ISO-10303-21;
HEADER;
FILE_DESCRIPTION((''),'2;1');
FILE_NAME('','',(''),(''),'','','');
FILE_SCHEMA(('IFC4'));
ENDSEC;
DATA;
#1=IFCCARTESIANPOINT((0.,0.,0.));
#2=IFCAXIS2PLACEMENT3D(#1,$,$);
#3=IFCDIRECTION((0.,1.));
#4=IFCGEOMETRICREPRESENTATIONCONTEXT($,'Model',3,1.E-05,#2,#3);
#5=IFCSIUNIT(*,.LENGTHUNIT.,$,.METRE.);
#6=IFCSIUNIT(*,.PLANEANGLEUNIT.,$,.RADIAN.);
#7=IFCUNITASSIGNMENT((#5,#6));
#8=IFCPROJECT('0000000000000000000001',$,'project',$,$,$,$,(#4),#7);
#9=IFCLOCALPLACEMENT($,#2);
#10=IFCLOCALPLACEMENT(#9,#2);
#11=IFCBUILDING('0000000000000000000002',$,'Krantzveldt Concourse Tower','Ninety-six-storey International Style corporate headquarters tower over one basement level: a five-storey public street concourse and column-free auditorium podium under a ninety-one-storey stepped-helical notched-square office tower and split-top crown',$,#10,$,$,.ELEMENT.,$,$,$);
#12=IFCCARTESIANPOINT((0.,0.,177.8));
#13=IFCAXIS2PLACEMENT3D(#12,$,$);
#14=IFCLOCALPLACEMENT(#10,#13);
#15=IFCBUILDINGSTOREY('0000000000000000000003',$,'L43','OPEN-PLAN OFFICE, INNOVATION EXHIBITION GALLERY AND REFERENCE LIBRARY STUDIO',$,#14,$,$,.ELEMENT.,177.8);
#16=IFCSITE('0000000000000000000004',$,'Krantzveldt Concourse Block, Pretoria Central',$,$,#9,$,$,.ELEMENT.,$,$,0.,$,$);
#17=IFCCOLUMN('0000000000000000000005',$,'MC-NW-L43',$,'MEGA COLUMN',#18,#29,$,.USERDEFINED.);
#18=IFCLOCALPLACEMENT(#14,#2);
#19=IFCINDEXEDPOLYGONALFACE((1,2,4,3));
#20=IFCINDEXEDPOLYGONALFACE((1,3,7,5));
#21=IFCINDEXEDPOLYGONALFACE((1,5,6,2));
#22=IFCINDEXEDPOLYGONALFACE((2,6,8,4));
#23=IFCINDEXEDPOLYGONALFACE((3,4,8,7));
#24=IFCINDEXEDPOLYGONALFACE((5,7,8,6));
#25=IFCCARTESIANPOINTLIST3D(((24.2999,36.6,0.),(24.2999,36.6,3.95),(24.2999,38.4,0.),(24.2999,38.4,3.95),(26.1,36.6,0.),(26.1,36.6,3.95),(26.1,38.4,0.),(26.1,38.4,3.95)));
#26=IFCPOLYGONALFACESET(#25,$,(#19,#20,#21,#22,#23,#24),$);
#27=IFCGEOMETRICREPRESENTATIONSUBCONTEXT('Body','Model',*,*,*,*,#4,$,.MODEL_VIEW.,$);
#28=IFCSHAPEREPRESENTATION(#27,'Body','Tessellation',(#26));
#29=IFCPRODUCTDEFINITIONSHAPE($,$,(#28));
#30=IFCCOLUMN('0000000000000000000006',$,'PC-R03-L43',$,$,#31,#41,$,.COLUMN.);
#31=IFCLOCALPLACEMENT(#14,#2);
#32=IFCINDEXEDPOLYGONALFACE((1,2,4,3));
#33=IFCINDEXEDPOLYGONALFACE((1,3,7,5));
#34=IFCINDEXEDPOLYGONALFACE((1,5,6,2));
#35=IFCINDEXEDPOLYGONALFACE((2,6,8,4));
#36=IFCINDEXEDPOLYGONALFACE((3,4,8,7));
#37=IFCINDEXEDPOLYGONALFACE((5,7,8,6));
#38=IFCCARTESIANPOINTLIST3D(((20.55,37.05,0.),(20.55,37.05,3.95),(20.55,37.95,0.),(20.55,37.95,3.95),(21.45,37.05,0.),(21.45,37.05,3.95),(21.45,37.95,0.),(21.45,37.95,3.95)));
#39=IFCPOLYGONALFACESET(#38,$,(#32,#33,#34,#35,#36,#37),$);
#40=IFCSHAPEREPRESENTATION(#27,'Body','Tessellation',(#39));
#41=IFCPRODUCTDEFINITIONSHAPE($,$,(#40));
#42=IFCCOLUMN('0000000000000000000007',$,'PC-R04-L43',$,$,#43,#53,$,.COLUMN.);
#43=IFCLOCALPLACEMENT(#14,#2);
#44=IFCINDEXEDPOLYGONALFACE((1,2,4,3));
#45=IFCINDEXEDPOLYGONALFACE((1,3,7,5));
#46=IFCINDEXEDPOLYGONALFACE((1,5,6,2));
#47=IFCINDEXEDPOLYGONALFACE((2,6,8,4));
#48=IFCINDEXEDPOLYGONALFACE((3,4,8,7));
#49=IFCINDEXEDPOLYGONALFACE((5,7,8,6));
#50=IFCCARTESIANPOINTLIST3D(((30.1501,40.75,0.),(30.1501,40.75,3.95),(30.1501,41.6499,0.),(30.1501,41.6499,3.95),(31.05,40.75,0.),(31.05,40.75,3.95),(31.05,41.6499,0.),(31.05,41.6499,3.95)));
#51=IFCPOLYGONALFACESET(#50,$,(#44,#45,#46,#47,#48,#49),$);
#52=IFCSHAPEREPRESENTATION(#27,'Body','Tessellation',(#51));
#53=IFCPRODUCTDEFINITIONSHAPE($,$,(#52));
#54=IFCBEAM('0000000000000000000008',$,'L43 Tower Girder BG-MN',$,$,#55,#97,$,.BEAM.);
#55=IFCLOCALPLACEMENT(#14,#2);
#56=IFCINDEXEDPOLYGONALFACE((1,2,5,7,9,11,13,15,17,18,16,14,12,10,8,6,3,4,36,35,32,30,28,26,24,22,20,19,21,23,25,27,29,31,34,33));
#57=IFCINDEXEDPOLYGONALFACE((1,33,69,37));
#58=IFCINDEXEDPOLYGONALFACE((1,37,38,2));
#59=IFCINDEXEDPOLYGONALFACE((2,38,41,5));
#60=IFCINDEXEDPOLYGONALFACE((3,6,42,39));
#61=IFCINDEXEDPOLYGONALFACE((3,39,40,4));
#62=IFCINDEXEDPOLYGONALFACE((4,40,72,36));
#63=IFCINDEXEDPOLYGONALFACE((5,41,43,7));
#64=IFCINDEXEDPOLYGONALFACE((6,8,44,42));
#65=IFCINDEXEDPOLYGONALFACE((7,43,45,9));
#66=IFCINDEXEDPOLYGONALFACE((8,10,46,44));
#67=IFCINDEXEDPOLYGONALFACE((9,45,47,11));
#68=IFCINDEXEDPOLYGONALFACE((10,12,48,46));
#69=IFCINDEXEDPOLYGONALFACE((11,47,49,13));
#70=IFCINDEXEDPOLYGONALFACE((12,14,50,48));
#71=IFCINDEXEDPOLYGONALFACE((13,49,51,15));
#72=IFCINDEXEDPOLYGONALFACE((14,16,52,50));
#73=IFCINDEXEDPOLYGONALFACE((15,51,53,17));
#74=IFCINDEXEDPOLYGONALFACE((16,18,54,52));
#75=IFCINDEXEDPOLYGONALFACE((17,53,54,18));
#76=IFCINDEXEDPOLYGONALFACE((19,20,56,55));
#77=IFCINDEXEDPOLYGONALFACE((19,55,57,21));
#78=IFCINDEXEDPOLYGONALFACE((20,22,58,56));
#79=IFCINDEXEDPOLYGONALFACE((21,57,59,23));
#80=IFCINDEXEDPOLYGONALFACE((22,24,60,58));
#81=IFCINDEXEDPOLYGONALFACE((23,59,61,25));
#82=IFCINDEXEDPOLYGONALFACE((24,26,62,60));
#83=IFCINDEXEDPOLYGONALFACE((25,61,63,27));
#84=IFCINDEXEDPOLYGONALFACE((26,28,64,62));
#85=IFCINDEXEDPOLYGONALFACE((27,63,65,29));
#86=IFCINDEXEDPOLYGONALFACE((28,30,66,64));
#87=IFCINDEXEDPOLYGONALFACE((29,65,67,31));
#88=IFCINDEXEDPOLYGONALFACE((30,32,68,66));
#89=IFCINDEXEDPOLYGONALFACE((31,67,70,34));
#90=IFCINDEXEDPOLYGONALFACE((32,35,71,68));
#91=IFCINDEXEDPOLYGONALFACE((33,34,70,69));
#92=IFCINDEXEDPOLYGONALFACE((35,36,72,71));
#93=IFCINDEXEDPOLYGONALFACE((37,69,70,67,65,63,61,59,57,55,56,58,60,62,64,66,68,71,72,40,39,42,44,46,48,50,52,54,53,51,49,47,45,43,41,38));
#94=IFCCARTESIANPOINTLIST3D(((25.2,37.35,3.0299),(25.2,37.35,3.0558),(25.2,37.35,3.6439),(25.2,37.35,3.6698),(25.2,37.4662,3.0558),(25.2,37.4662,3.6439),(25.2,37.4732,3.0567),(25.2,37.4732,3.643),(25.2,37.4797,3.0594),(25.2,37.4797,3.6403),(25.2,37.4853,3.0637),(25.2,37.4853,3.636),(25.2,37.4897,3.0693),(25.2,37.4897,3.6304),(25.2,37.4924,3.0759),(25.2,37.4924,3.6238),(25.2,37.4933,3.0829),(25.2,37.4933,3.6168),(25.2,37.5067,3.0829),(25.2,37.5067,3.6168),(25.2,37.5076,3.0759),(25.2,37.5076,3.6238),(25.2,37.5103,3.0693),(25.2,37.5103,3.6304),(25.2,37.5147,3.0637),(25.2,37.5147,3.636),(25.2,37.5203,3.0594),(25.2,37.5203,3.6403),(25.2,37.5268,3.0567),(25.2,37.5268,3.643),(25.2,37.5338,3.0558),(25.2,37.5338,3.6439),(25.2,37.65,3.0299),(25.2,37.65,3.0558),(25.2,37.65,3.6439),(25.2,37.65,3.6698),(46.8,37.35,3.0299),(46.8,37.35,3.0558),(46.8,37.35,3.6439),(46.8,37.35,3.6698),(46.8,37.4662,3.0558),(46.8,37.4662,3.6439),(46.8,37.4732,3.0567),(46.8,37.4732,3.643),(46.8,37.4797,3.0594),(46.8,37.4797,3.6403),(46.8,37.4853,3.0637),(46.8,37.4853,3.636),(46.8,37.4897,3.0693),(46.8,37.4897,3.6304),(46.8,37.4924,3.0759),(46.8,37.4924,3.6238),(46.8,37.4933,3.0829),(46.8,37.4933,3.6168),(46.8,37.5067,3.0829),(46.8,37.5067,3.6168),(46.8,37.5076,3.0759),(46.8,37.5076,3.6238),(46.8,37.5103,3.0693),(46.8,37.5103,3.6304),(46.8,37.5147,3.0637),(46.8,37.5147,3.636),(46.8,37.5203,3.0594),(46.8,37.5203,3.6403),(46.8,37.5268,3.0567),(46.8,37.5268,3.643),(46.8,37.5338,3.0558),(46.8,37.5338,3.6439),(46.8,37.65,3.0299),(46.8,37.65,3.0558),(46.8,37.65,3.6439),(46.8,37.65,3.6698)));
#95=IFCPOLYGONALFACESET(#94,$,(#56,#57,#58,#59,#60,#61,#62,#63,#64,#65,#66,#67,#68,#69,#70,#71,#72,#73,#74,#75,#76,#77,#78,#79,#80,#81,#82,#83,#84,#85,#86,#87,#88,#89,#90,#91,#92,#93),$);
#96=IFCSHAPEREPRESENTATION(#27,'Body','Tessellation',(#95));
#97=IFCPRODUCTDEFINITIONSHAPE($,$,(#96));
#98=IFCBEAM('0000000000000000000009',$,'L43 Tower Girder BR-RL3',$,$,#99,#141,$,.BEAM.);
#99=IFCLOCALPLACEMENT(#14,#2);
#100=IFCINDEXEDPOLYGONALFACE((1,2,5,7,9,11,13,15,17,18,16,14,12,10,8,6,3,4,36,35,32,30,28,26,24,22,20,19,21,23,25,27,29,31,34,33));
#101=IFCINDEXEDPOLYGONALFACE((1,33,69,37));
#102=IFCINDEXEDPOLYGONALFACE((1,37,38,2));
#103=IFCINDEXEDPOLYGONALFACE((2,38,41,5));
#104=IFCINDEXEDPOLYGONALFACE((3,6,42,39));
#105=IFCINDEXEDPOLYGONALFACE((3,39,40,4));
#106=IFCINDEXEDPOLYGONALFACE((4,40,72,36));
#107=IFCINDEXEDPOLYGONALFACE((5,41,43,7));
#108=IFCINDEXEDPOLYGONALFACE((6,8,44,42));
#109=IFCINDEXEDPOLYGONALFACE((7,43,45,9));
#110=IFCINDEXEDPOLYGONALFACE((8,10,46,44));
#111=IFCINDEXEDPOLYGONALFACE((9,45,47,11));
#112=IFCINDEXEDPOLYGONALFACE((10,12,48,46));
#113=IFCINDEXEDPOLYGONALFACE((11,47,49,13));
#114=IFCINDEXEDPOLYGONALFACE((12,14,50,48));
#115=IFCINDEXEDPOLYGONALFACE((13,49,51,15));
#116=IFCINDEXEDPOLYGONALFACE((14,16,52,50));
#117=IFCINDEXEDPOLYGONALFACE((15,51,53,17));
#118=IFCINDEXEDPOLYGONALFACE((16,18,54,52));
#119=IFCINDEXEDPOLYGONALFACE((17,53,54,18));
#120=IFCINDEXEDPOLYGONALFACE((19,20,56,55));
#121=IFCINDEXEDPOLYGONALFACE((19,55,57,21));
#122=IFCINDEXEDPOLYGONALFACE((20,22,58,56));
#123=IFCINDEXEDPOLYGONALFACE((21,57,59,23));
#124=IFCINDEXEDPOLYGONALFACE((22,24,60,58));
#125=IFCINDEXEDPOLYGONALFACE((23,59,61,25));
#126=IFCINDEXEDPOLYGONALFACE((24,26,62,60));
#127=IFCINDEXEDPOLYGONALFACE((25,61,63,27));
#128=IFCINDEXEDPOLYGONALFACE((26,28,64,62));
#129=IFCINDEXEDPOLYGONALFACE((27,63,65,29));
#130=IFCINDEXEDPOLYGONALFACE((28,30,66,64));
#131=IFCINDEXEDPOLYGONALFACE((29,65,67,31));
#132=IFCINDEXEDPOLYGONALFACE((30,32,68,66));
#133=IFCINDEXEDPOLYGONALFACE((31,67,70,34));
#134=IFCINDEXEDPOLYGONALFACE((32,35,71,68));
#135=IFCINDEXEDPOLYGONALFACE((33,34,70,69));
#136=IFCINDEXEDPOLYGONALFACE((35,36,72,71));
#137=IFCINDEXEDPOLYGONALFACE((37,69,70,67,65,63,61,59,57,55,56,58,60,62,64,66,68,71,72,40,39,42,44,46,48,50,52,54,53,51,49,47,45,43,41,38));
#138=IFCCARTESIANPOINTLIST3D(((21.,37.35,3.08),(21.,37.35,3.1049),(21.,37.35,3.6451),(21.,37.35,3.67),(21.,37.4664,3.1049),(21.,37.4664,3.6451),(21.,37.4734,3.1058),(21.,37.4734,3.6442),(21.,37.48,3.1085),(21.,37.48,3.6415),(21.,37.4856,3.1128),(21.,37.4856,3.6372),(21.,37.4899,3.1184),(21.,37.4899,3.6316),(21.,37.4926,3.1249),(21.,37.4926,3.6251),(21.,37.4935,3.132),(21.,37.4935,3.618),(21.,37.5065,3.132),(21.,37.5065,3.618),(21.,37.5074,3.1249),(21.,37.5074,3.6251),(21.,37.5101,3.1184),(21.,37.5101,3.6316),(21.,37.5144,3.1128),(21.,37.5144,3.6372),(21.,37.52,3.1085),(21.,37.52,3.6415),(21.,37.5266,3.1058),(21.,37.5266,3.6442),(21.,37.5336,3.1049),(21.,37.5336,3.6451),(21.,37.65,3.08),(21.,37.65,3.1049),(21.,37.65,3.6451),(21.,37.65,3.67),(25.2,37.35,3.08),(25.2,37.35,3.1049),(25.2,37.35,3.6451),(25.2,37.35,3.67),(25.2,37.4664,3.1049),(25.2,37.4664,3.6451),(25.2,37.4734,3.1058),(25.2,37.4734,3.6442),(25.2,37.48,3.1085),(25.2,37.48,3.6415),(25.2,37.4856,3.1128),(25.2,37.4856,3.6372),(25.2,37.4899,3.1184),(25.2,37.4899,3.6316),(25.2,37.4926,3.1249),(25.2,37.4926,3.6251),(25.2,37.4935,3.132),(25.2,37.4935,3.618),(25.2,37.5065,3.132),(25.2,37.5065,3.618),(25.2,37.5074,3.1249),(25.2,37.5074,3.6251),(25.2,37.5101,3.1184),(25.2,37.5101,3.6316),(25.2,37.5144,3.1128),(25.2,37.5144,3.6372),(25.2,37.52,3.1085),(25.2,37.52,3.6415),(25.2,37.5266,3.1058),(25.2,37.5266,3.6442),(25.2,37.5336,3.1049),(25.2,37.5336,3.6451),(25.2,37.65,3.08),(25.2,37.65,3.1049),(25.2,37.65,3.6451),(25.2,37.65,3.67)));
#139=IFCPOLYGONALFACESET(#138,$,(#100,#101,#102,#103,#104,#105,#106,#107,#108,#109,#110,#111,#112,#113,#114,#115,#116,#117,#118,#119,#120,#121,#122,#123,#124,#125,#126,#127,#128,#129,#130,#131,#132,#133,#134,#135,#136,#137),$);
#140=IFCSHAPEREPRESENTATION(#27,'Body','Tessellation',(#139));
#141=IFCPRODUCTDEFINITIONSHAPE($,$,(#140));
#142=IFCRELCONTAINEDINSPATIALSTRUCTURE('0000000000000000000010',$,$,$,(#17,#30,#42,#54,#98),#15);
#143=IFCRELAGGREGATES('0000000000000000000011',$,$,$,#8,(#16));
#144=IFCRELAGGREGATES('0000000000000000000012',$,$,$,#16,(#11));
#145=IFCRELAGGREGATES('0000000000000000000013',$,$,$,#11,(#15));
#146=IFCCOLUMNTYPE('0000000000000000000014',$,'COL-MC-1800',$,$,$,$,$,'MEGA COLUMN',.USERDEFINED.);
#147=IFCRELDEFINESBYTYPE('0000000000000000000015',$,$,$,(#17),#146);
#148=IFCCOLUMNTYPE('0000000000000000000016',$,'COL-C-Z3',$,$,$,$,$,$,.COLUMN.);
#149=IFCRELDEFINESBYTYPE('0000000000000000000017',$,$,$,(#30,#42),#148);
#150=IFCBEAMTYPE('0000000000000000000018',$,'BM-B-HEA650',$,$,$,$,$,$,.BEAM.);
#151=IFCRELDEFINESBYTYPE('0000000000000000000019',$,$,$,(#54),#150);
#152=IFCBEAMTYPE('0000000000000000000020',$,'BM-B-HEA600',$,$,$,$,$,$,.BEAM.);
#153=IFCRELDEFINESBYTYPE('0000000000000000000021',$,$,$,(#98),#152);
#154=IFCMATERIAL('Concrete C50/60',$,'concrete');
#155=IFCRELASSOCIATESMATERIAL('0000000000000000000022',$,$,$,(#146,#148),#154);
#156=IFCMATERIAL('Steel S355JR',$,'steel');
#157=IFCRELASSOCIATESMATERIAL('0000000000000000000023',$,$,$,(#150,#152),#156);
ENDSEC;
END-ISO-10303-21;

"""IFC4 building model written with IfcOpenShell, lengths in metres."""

from ifc_helpers import new_model, si_unit, direction, frame, origin, origin_2d, place, context, subcontext, project, spatial, rectangle, i_section, extrude, source, transform, mapped, material, material_profile, profile_set, type_object, type_shapes, element, save


model = new_model("IFC4")

# Units and contexts
model_context = context("Model", 3, precision=1e-05, world=origin(), true_north=direction((0.0, 1.0)))
body_context = subcontext(model_context, "Body", "Model", "MODEL_VIEW")
ifc_project = project(units=[si_unit("LENGTHUNIT", "METRE"), si_unit("PLANEANGLEUNIT", "RADIAN")], contexts=[model_context])

# Site, building, storey
site_placement = place(None, origin())
site = spatial("IfcSite", under=ifc_project, at=site_placement, Name="Krantzveldt Concourse Block, Pretoria Central", CompositionType="ELEMENT", RefElevation=0.0)
building_placement = place(site_placement, origin())
building = spatial("IfcBuilding", under=site, at=building_placement, Name="Krantzveldt Concourse Tower", Description="Ninety-six-storey International Style corporate headquarters tower over one basement level: a five-storey public street concourse and column-free auditorium podium under a ninety-one-storey stepped-helical notched-square office tower and split-top crown", CompositionType="ELEMENT")
storey_placement = place(building_placement, frame((0.0, 0.0, 177.8)))
storey = spatial("IfcBuildingStorey", under=building, at=storey_placement, Name="L43", Description="OPEN-PLAN OFFICE, INNOVATION EXHIBITION GALLERY AND REFERENCE LIBRARY STUDIO", CompositionType="ELEMENT", Elevation=177.8)

# Columns
ifc_material_1 = material(Name="Concrete C50/60", Category="concrete")
ifc_material_profile_1 = material_profile(ifc_material_1, rectangle(XDim=1.8, YDim=1.8, at=origin_2d()), Name="Concrete C50/60", Category="concrete")
ifc_profile_set_1 = profile_set([ifc_material_profile_1], Name="Concrete C50/60 - RC 1800x1800")
column_type_1 = type_object("IfcColumnType", Name="COL-MC-1800", ElementType="MEGA COLUMN", PredefinedType="USERDEFINED", material=ifc_profile_set_1)
shared_shape_1 = source(origin(), body_context, "Body", "SweptSolid", [
    extrude(rectangle(XDim=1.8, YDim=1.8, at=origin_2d()), origin(), (0.0, 0.0, 1.0), 3.95),
])
type_shapes(column_type_1, [shared_shape_1])
column_placement = place(storey_placement, frame((25.2, 37.5, 0.0), z_axis=(0.0, 0.0, 1.0), x_axis=(1.0, 0.0, 0.0)))
element("IfcColumn", 1, at=column_placement, inside=storey, type_object=column_type_1, Name="MC-NW-L43", ObjectType="MEGA COLUMN", PredefinedType="USERDEFINED", context=body_context, shape_type="MappedRepresentation", body=[
    mapped(shared_shape_1, transform((0.0, 0.0, 0.0), x_axis=(1.0, 0.0, 0.0), y_axis=(0.0, 1.0, 0.0), z_axis=(0.0, 0.0, 1.0), scale=1.0)),
])
ifc_material_profile_2 = material_profile(ifc_material_1, rectangle(XDim=0.8999, YDim=0.8999, at=origin_2d()), Name="Concrete C50/60", Category="concrete")
ifc_profile_set_2 = profile_set([ifc_material_profile_2], Name="Concrete C50/60 - RC 900x900")
column_type_2 = type_object("IfcColumnType", Name="COL-C-Z3", PredefinedType="COLUMN", material=ifc_profile_set_2)
shared_shape_2 = source(origin(), body_context, "Body", "SweptSolid", [
    extrude(rectangle(XDim=0.8999, YDim=0.8999, at=origin_2d()), origin(), (0.0, 0.0, 1.0), 3.95),
])
type_shapes(column_type_2, [shared_shape_2])
for number, where, z_axis, x_axis, name in (
    (2, (21.0, 37.5, 0.0), (0.0, 0.0, 1.0), (1.0, 0.0, 0.0), "PC-R03-L43"),
    (3, (30.6001, 41.2, 0.0), (0.0, 0.0, 1.0), (1.0, 0.0, 0.0), "PC-R04-L43"),
):
    element("IfcColumn", number, at=place(storey_placement, frame(where, z_axis=z_axis, x_axis=x_axis)), inside=storey, type_object=column_type_2, Name=name, PredefinedType="COLUMN", context=body_context, shape_type="MappedRepresentation", body=[
        mapped(shared_shape_2, transform((0.0, 0.0, 0.0), x_axis=(1.0, 0.0, 0.0), y_axis=(0.0, 1.0, 0.0), z_axis=(0.0, 0.0, 1.0), scale=1.0)),
    ])

# Beams
ifc_material_2 = material(Name="Steel S355JR", Category="steel")
ifc_material_profile_3 = material_profile(ifc_material_2, i_section(OverallWidth=0.3, OverallDepth=0.6399, WebThickness=0.0134, FlangeThickness=0.0259, FilletRadius=0.0271, at=origin_2d()), Name="Steel S355JR", Category="steel")
ifc_profile_set_3 = profile_set([ifc_material_profile_3], Name="Steel S355JR - HEA 650")
beam_type_1 = type_object("IfcBeamType", Name="BM-B-HEA650", PredefinedType="BEAM", material=ifc_profile_set_3)
shared_shape_3 = source(origin(), body_context, "Body", "SweptSolid", [
    extrude(i_section(OverallWidth=0.3, OverallDepth=0.6399, WebThickness=0.0134, FlangeThickness=0.0259, FilletRadius=0.0271, at=origin_2d()), origin(), (0.0, 0.0, 1.0), 21.6001),
])
type_shapes(beam_type_1, [shared_shape_3])
beam_1_placement = place(storey_placement, frame((25.2, 37.5, 3.3499), z_axis=(1.0, 0.0, 0.0), x_axis=(0.0, 1.0, 0.0)))
element("IfcBeam", 4, at=beam_1_placement, inside=storey, type_object=beam_type_1, Name="L43 Tower Girder BG-MN", PredefinedType="BEAM", context=body_context, shape_type="MappedRepresentation", body=[
    mapped(shared_shape_3, transform((0.0, 0.0, 0.0), x_axis=(1.0, 0.0, 0.0), y_axis=(0.0, 1.0, 0.0), z_axis=(0.0, 0.0, 1.0), scale=1.0)),
])
ifc_material_profile_4 = material_profile(ifc_material_2, i_section(OverallWidth=0.3, OverallDepth=0.5901, WebThickness=0.0129, FlangeThickness=0.0249, FilletRadius=0.0271, at=origin_2d()), Name="Steel S355JR", Category="steel")
ifc_profile_set_4 = profile_set([ifc_material_profile_4], Name="Steel S355JR - HEA 600")
beam_type_2 = type_object("IfcBeamType", Name="BM-B-HEA600", PredefinedType="BEAM", material=ifc_profile_set_4)
shared_shape_4 = source(origin(), body_context, "Body", "SweptSolid", [
    extrude(i_section(OverallWidth=0.3, OverallDepth=0.5901, WebThickness=0.0129, FlangeThickness=0.0249, FilletRadius=0.0271, at=origin_2d()), origin(), (0.0, 0.0, 1.0), 4.2),
])
beam_2_placement = place(storey_placement, frame((21.0, 37.5, 3.375), z_axis=(1.0, 0.0, 0.0), x_axis=(0.0, 1.0, 0.0)))
element("IfcBeam", 5, at=beam_2_placement, inside=storey, type_object=beam_type_2, Name="L43 Tower Girder BR-RL3", PredefinedType="BEAM", context=body_context, shape_type="MappedRepresentation", body=[
    mapped(shared_shape_4, transform((0.0, 0.0, 0.0), x_axis=(1.0, 0.0, 0.0), y_axis=(0.0, 1.0, 0.0), z_axis=(0.0, 0.0, 1.0), scale=1.0)),
])

save(model, "model.ifc")
